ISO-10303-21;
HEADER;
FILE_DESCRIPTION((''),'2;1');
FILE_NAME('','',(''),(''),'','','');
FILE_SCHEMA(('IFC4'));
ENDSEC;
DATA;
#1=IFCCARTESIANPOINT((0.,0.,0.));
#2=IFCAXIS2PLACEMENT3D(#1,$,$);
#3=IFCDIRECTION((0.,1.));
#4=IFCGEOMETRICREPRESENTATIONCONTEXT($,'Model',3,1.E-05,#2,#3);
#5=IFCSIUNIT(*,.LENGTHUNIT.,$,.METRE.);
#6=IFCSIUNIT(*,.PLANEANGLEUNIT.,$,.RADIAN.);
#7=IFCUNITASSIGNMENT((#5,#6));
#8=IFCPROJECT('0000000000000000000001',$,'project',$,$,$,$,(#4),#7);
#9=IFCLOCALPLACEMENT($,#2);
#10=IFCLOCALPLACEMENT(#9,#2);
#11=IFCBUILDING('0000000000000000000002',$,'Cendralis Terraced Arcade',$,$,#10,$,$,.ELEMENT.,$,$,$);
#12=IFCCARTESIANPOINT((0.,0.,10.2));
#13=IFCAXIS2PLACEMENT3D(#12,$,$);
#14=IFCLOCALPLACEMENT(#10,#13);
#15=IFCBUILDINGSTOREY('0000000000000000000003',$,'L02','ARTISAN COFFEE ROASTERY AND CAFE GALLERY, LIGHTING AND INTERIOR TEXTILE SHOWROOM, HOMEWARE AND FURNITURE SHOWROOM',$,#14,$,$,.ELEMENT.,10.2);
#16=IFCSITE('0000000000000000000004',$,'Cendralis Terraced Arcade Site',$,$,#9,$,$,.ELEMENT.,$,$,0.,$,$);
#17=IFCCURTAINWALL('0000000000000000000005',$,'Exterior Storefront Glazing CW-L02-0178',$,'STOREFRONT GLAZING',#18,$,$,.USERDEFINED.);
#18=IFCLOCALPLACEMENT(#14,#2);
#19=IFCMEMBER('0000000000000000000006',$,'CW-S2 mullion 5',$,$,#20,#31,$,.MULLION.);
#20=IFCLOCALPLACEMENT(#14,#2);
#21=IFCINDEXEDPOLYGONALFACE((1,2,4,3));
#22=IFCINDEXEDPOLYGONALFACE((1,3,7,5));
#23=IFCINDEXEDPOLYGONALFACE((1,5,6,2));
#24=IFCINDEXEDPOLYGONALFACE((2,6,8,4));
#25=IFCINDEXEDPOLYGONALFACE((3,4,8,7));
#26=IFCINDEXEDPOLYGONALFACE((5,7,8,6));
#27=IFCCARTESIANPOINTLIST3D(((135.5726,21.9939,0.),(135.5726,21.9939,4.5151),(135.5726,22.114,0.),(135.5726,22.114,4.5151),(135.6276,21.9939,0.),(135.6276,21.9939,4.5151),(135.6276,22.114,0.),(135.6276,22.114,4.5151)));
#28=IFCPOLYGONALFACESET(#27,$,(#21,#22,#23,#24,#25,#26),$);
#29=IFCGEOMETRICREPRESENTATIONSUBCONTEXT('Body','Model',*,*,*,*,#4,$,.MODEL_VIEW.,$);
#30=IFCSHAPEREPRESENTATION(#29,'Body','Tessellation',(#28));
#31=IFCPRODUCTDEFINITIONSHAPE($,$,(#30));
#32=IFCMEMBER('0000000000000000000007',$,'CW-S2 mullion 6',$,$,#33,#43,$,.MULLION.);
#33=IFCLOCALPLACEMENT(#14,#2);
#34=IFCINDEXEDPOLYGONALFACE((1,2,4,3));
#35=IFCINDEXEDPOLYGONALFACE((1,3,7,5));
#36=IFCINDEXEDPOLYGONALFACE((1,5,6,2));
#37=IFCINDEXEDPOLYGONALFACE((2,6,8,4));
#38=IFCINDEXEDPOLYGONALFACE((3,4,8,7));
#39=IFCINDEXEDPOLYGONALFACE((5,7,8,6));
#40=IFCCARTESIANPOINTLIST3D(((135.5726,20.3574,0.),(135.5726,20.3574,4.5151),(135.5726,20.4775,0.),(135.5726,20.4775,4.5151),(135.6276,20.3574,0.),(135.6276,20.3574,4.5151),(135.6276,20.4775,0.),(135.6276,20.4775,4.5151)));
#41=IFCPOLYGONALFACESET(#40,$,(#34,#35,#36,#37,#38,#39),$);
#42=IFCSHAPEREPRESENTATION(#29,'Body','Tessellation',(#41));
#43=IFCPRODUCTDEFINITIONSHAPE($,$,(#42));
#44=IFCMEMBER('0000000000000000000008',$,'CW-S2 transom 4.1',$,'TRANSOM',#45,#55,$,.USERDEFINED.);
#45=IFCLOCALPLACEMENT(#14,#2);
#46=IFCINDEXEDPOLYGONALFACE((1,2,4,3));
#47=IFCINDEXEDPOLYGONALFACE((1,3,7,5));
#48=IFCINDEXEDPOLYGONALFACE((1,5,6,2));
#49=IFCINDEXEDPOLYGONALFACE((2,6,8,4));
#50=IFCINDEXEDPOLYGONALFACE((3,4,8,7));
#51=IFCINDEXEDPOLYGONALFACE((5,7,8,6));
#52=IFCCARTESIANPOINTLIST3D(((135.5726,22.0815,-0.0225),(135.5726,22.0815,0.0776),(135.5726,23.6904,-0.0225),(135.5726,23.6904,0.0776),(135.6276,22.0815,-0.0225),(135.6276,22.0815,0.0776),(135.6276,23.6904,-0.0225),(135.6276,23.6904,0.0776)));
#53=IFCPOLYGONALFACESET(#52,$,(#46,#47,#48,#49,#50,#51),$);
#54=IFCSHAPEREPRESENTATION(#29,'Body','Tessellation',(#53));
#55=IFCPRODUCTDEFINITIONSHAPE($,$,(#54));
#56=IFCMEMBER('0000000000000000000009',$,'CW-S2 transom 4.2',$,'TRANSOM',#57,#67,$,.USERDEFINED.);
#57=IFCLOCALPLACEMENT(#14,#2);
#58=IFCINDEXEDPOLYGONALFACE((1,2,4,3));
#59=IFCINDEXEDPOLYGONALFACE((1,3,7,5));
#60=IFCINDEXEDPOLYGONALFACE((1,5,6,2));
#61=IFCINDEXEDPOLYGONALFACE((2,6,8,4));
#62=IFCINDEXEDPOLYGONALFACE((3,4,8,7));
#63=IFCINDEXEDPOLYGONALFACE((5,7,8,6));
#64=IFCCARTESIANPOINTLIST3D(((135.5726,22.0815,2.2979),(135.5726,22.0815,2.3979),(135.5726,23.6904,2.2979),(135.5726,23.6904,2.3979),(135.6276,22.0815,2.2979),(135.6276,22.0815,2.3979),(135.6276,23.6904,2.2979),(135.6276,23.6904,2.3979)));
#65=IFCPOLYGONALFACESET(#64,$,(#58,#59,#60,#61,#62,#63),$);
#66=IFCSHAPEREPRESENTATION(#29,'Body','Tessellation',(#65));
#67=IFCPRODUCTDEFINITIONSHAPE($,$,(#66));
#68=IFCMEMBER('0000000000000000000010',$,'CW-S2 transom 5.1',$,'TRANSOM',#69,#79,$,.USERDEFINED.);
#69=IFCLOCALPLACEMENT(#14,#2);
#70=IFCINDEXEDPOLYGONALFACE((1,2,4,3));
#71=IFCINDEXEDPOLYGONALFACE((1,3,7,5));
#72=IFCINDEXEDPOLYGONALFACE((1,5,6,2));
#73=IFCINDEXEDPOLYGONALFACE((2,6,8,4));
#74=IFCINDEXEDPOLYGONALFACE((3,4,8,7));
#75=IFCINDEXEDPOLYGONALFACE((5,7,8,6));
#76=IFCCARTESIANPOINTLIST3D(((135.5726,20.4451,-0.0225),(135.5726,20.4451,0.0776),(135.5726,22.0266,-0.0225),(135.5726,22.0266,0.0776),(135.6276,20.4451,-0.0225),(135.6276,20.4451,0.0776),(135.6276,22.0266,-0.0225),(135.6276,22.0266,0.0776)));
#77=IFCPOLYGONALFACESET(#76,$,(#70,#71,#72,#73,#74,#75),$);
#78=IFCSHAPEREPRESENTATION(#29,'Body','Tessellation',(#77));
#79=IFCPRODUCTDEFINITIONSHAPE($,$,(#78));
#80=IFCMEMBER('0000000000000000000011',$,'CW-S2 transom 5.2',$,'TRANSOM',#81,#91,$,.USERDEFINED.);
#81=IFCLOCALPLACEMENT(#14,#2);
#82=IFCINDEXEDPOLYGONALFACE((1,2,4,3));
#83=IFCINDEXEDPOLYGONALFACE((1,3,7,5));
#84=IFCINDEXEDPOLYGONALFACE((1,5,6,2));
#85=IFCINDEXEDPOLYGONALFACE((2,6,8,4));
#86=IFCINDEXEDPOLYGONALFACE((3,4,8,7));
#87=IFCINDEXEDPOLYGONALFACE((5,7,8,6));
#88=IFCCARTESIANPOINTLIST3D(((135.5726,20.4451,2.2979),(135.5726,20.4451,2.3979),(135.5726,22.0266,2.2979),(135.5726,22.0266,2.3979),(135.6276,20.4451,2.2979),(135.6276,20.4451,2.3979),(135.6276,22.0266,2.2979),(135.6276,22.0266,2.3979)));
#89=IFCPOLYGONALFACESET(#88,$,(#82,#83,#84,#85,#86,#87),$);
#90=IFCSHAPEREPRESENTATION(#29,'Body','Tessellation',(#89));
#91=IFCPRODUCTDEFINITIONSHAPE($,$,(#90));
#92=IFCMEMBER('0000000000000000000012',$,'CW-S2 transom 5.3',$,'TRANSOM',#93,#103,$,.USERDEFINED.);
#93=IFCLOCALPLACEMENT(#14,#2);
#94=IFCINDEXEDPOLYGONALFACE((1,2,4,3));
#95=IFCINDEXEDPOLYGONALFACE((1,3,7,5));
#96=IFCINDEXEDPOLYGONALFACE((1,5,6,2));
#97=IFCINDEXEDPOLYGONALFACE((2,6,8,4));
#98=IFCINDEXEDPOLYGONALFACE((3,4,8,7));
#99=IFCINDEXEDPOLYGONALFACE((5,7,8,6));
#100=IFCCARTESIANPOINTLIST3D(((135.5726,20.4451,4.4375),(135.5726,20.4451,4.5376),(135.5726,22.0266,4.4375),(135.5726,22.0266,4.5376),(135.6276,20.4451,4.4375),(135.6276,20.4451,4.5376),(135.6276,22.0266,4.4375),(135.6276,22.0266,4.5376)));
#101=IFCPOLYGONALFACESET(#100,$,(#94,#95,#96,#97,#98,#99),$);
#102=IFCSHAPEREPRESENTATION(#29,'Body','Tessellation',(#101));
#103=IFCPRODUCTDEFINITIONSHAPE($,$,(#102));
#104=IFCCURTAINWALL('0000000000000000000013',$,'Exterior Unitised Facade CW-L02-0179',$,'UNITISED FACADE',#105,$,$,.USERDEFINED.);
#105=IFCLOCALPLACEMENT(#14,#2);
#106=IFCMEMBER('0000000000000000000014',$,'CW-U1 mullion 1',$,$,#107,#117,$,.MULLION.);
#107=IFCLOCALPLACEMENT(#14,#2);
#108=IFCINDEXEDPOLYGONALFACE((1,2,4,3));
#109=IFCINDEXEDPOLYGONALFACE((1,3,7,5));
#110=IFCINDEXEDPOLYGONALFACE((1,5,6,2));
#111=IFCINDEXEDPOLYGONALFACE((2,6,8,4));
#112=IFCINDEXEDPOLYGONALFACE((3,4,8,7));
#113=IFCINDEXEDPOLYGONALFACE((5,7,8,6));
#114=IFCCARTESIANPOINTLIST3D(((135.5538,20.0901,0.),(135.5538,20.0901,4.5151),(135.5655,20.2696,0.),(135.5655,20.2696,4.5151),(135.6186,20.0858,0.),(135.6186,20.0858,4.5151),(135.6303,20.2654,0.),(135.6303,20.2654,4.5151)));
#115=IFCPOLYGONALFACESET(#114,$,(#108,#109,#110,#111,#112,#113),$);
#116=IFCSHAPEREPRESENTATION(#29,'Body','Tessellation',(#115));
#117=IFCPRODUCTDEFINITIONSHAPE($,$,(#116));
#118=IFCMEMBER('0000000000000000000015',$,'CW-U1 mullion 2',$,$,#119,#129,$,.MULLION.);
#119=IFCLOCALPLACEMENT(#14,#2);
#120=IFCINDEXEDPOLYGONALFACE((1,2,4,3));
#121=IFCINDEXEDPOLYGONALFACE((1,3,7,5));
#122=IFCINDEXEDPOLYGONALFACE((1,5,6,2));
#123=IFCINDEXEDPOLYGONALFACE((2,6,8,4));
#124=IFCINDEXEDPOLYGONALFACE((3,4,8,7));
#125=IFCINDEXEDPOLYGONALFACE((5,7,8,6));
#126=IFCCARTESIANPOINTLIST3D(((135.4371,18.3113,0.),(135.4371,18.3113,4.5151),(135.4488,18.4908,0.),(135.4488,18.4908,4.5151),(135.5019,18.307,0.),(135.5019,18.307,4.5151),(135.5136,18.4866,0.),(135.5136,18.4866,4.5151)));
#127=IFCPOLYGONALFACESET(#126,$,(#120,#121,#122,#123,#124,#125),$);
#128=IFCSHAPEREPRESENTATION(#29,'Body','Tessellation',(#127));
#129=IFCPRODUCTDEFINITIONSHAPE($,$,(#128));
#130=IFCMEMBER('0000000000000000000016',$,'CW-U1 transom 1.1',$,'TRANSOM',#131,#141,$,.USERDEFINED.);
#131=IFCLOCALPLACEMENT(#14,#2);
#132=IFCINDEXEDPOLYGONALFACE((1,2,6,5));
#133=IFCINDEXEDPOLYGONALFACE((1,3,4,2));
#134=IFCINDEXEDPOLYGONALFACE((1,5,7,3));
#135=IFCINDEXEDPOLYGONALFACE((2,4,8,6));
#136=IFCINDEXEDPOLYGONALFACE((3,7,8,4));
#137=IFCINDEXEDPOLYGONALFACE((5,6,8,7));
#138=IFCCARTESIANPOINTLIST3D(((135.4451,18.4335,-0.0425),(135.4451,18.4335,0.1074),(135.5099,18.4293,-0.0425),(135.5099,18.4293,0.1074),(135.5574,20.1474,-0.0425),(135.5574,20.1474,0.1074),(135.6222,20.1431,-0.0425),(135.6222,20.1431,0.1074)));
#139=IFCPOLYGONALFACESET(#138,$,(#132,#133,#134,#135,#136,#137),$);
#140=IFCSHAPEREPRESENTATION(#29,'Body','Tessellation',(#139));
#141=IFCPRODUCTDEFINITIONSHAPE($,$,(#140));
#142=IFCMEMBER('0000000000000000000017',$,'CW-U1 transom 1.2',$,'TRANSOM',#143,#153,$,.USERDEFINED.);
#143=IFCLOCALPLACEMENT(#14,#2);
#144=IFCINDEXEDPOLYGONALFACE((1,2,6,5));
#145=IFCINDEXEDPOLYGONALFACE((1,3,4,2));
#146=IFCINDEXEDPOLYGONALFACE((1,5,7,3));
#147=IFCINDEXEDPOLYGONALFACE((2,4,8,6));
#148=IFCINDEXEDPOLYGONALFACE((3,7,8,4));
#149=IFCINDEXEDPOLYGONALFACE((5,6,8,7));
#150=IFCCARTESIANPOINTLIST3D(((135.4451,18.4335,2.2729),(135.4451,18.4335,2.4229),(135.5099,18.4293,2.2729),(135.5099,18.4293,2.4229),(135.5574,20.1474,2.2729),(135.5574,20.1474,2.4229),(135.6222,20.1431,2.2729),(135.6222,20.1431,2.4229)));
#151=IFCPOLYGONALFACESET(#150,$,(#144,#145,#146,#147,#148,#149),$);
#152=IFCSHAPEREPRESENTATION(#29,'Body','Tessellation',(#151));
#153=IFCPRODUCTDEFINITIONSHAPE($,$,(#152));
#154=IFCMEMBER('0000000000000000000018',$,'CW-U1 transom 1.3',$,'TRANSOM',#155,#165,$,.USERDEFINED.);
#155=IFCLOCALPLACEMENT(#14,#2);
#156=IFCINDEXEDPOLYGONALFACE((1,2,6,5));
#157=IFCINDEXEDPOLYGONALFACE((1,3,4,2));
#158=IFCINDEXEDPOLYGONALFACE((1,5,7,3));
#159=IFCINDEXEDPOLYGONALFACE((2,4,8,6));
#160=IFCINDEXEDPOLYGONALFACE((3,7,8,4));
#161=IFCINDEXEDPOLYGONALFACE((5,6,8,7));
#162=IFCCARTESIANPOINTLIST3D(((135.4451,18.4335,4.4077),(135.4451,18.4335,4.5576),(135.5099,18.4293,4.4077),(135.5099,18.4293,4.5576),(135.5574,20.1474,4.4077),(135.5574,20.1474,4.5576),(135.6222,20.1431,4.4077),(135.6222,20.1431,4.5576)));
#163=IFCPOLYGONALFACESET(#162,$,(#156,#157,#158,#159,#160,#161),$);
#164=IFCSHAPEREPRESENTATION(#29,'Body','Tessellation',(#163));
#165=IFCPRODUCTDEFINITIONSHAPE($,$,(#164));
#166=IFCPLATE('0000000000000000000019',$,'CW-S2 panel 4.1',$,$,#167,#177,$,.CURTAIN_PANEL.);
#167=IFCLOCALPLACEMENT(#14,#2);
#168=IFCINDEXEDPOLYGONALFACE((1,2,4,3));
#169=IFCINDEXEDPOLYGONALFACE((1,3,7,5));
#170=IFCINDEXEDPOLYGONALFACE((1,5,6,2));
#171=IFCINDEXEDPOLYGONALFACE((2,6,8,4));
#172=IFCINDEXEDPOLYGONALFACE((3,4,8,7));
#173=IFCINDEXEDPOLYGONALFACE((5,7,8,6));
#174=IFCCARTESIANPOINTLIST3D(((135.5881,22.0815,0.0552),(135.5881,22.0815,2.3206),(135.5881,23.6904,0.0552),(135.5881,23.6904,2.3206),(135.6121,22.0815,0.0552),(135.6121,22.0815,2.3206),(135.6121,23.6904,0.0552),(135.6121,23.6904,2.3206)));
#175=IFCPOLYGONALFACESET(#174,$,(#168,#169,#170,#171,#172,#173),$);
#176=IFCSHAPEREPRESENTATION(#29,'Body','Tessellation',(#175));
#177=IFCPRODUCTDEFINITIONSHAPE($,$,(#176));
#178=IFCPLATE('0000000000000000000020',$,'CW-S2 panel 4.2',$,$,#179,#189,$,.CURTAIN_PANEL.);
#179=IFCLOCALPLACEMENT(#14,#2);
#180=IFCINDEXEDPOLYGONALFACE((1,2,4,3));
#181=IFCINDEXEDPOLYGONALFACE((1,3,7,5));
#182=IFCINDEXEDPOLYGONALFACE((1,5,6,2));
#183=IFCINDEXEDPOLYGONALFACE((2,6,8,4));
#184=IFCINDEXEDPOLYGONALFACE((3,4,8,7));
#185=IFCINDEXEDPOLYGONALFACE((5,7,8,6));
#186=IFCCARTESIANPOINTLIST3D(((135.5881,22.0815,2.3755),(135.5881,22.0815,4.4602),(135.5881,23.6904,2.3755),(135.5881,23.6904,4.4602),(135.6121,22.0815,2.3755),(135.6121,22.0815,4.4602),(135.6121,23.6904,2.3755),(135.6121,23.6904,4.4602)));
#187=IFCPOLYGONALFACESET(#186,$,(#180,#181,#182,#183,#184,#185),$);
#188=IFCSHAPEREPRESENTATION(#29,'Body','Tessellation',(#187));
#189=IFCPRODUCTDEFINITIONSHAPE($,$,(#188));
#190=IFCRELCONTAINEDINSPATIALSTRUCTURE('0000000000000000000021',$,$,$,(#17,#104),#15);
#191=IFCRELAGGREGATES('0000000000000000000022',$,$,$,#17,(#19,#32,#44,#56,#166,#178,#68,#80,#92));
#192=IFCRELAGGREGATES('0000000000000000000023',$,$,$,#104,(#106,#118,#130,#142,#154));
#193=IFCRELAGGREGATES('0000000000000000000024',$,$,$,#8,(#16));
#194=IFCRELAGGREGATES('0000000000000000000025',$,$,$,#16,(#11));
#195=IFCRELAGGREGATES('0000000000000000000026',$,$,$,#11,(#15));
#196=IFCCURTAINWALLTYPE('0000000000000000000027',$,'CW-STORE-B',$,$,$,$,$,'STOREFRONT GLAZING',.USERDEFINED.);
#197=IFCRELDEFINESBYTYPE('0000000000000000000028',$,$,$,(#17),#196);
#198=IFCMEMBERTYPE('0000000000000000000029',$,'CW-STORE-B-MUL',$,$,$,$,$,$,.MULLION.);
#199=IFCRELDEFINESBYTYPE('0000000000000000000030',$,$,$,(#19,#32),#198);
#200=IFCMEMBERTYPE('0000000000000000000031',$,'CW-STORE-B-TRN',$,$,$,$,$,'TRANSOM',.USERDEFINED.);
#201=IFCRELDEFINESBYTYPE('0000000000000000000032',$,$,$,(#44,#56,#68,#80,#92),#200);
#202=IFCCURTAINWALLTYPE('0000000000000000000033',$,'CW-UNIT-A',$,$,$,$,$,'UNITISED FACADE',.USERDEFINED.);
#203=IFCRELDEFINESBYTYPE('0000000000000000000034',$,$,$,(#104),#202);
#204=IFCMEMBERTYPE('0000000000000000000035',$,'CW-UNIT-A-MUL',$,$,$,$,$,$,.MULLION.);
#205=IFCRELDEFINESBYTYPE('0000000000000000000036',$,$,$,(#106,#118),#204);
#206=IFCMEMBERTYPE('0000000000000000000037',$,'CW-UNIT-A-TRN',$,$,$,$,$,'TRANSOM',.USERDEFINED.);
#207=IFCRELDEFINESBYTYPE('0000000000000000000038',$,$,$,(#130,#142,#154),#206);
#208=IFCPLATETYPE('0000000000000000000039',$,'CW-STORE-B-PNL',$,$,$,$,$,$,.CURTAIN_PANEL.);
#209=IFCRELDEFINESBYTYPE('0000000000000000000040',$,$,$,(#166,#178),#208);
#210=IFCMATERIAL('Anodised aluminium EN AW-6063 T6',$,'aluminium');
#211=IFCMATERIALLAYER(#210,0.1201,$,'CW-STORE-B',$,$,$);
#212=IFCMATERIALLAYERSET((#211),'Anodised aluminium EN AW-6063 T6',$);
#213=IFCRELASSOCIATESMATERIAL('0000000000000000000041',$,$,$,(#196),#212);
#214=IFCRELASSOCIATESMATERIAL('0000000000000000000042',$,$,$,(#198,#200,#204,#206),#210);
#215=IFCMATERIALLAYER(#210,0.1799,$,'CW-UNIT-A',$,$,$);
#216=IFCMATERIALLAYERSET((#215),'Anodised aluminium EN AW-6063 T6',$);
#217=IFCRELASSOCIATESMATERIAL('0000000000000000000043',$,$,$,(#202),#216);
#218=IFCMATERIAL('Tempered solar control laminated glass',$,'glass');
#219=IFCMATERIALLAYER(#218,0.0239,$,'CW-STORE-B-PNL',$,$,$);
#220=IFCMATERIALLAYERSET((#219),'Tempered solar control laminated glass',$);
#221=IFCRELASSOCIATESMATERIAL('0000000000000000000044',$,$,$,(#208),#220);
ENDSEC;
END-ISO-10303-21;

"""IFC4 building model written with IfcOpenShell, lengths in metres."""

from ifc_helpers import new_model, si_unit, direction, frame, origin, origin_2d, place, context, subcontext, project, spatial, rectangle, extrude, material, layer, layer_set, material_profile, profile_set, type_object, element, aggregate, save


model = new_model("IFC4")

# Units and contexts
model_context = context("Model", 3, precision=1e-05, world=origin(), true_north=direction((0.0, 1.0)))
body_context = subcontext(model_context, "Body", "Model", "MODEL_VIEW")
ifc_project = project(units=[si_unit("LENGTHUNIT", "METRE"), si_unit("PLANEANGLEUNIT", "RADIAN")], contexts=[model_context])

# Site, building, storey
site_placement = place(None, origin())
site = spatial("IfcSite", under=ifc_project, at=site_placement, Name="Cendralis Terraced Arcade Site", CompositionType="ELEMENT", RefElevation=0.0)
building_placement = place(site_placement, origin())
building = spatial("IfcBuilding", under=site, at=building_placement, Name="Cendralis Terraced Arcade", CompositionType="ELEMENT")
storey_placement = place(building_placement, frame((0.0, 0.0, 10.2)))
storey = spatial("IfcBuildingStorey", under=building, at=storey_placement, Name="L02", Description="ARTISAN COFFEE ROASTERY AND CAFE GALLERY, LIGHTING AND INTERIOR TEXTILE SHOWROOM, HOMEWARE AND FURNITURE SHOWROOM", CompositionType="ELEMENT", Elevation=10.2)

# Curtain walls, members
ifc_material_1 = material(Name="Anodised aluminium EN AW-6063 T6", Category="aluminium")
ifc_layer_1 = layer(ifc_material_1, 0.1201, Name="CW-STORE-B")
ifc_layer_set_1 = layer_set([ifc_layer_1], Name="Anodised aluminium EN AW-6063 T6")
curtain_wall_type_1 = type_object("IfcCurtainWallType", Name="CW-STORE-B", ElementType="STOREFRONT GLAZING", PredefinedType="USERDEFINED", material=ifc_layer_set_1)
curtain_wall_1_placement = place(storey_placement, origin())
curtain_wall_1 = element("IfcCurtainWall", 1, at=curtain_wall_1_placement, inside=storey, type_object=curtain_wall_type_1, Name="Exterior Storefront Glazing CW-L02-0178", ObjectType="STOREFRONT GLAZING", PredefinedType="USERDEFINED")
ifc_material_profile_1 = material_profile(ifc_material_1, rectangle(XDim=0.0549, YDim=0.1201, at=origin_2d()), Name="ALU-MUL-55x120")
ifc_profile_set_1 = profile_set([ifc_material_profile_1], Name="Anodised aluminium EN AW-6063 T6")
member_type_1 = type_object("IfcMemberType", Name="CW-STORE-B-MUL", PredefinedType="MULLION", material=ifc_profile_set_1)
member_1_placement = place(storey_placement, frame((135.6001, 22.054, 0.0), z_axis=(0.0, 0.0, 1.0), x_axis=(1.0, 0.0, 0.0)))
member_1 = element("IfcMember", 2, at=member_1_placement, type_object=member_type_1, Name="CW-S2 mullion 5", PredefinedType="MULLION", context=body_context, shape_type="SweptSolid", body=[
    extrude(rectangle(XDim=0.0549, YDim=0.1201, at=origin_2d()), origin(), (0.0, 0.0, 1.0), 4.5151),
])
member_2_placement = place(storey_placement, frame((135.6001, 20.4175, 0.0), z_axis=(0.0, 0.0, 1.0), x_axis=(1.0, 0.0, 0.0)))
member_2 = element("IfcMember", 3, at=member_2_placement, type_object=member_type_1, Name="CW-S2 mullion 6", PredefinedType="MULLION", context=body_context, shape_type="SweptSolid", body=[
    extrude(rectangle(XDim=0.0549, YDim=0.1201, at=origin_2d()), origin(), (0.0, 0.0, 1.0), 4.5151),
])
ifc_material_profile_2 = material_profile(ifc_material_1, rectangle(XDim=0.0549, YDim=0.1001, at=origin_2d()), Name="ALU-TRN-55x100")
ifc_profile_set_2 = profile_set([ifc_material_profile_2], Name="Anodised aluminium EN AW-6063 T6")
member_type_2 = type_object("IfcMemberType", Name="CW-STORE-B-TRN", ElementType="TRANSOM", PredefinedType="USERDEFINED", material=ifc_profile_set_2)
member_3_placement = place(storey_placement, frame((135.6001, 23.6904, 0.0276), z_axis=(0.0, -1.0, 0.0), x_axis=(1.0, 0.0, 0.0)))
member_3 = element("IfcMember", 4, at=member_3_placement, type_object=member_type_2, Name="CW-S2 transom 4.1", ObjectType="TRANSOM", PredefinedType="USERDEFINED", context=body_context, shape_type="SweptSolid", body=[
    extrude(rectangle(XDim=0.0549, YDim=0.1001, at=origin_2d()), origin(), (0.0, 0.0, 1.0), 1.6089),
])
member_4_placement = place(storey_placement, frame((135.6001, 23.6904, 2.3479), z_axis=(0.0, -1.0, 0.0), x_axis=(1.0, 0.0, 0.0)))
member_4 = element("IfcMember", 5, at=member_4_placement, type_object=member_type_2, Name="CW-S2 transom 4.2", ObjectType="TRANSOM", PredefinedType="USERDEFINED", context=body_context, shape_type="SweptSolid", body=[
    extrude(rectangle(XDim=0.0549, YDim=0.1001, at=origin_2d()), origin(), (0.0, 0.0, 1.0), 1.6089),
])
member_5_placement = place(storey_placement, frame((135.6001, 22.0266, 0.0276), z_axis=(0.0, -1.0, 0.0), x_axis=(1.0, 0.0, 0.0)))
member_5 = element("IfcMember", 6, at=member_5_placement, type_object=member_type_2, Name="CW-S2 transom 5.1", ObjectType="TRANSOM", PredefinedType="USERDEFINED", context=body_context, shape_type="SweptSolid", body=[
    extrude(rectangle(XDim=0.0549, YDim=0.1001, at=origin_2d()), origin(), (0.0, 0.0, 1.0), 1.5815),
])
member_6_placement = place(storey_placement, frame((135.6001, 22.0266, 2.3479), z_axis=(0.0, -1.0, 0.0), x_axis=(1.0, 0.0, 0.0)))
member_6 = element("IfcMember", 7, at=member_6_placement, type_object=member_type_2, Name="CW-S2 transom 5.2", ObjectType="TRANSOM", PredefinedType="USERDEFINED", context=body_context, shape_type="SweptSolid", body=[
    extrude(rectangle(XDim=0.0549, YDim=0.1001, at=origin_2d()), origin(), (0.0, 0.0, 1.0), 1.5815),
])
member_7_placement = place(storey_placement, frame((135.6001, 22.0266, 4.4875), z_axis=(0.0, -1.0, 0.0), x_axis=(1.0, 0.0, 0.0)))
member_7 = element("IfcMember", 8, at=member_7_placement, type_object=member_type_2, Name="CW-S2 transom 5.3", ObjectType="TRANSOM", PredefinedType="USERDEFINED", context=body_context, shape_type="SweptSolid", body=[
    extrude(rectangle(XDim=0.0549, YDim=0.1001, at=origin_2d()), origin(), (0.0, 0.0, 1.0), 1.5815),
])
ifc_layer_2 = layer(ifc_material_1, 0.1799, Name="CW-UNIT-A")
ifc_layer_set_2 = layer_set([ifc_layer_2], Name="Anodised aluminium EN AW-6063 T6")
curtain_wall_type_2 = type_object("IfcCurtainWallType", Name="CW-UNIT-A", ElementType="UNITISED FACADE", PredefinedType="USERDEFINED", material=ifc_layer_set_2)
curtain_wall_2_placement = place(storey_placement, origin())
curtain_wall_2 = element("IfcCurtainWall", 9, at=curtain_wall_2_placement, inside=storey, type_object=curtain_wall_type_2, Name="Exterior Unitised Facade CW-L02-0179", ObjectType="UNITISED FACADE", PredefinedType="USERDEFINED")
ifc_material_profile_3 = material_profile(ifc_material_1, rectangle(XDim=0.0649, YDim=0.1799, at=origin_2d()), Name="ALU-MUL-65x180")
ifc_profile_set_3 = profile_set([ifc_material_profile_3], Name="Anodised aluminium EN AW-6063 T6")
member_type_3 = type_object("IfcMemberType", Name="CW-UNIT-A-MUL", PredefinedType="MULLION", material=ifc_profile_set_3)
member_8_placement = place(storey_placement, frame((135.592, 20.1777, 0.0), z_axis=(0.0, 0.0, 1.0), x_axis=(0.99786, -0.065384, 0.0)))
member_8 = element("IfcMember", 10, at=member_8_placement, type_object=member_type_3, Name="CW-U1 mullion 1", PredefinedType="MULLION", context=body_context, shape_type="SweptSolid", body=[
    extrude(rectangle(XDim=0.0649, YDim=0.1799, at=origin_2d()), origin(), (0.0, 0.0, 1.0), 4.5151),
])
member_9_placement = place(storey_placement, frame((135.4753, 18.3989, 0.0), z_axis=(0.0, 0.0, 1.0), x_axis=(0.99786, -0.065384, 0.0)))
member_9 = element("IfcMember", 11, at=member_9_placement, type_object=member_type_3, Name="CW-U1 mullion 2", PredefinedType="MULLION", context=body_context, shape_type="SweptSolid", body=[
    extrude(rectangle(XDim=0.0649, YDim=0.1799, at=origin_2d()), origin(), (0.0, 0.0, 1.0), 4.5151),
])
ifc_material_profile_4 = material_profile(ifc_material_1, rectangle(XDim=0.0649, YDim=0.1499, at=origin_2d()), Name="ALU-TRN-65x150")
ifc_profile_set_4 = profile_set([ifc_material_profile_4], Name="Anodised aluminium EN AW-6063 T6")
member_type_4 = type_object("IfcMemberType", Name="CW-UNIT-A-TRN", ElementType="TRANSOM", PredefinedType="USERDEFINED", material=ifc_profile_set_4)
member_10_placement = place(storey_placement, frame((135.5898, 20.1453, 0.0325), z_axis=(-0.065387, -0.99786, 0.0), x_axis=(0.99786, -0.065387, 0.0)))
member_10 = element("IfcMember", 12, at=member_10_placement, type_object=member_type_4, Name="CW-U1 transom 1.1", ObjectType="TRANSOM", PredefinedType="USERDEFINED", context=body_context, shape_type="SweptSolid", body=[
    extrude(rectangle(XDim=0.0649, YDim=0.1499, at=origin_2d()), origin(), (0.0, 0.0, 1.0), 1.7175),
])
member_11_placement = place(storey_placement, frame((135.5898, 20.1453, 2.3479), z_axis=(-0.065387, -0.99786, 0.0), x_axis=(0.99786, -0.065387, 0.0)))
member_11 = element("IfcMember", 13, at=member_11_placement, type_object=member_type_4, Name="CW-U1 transom 1.2", ObjectType="TRANSOM", PredefinedType="USERDEFINED", context=body_context, shape_type="SweptSolid", body=[
    extrude(rectangle(XDim=0.0649, YDim=0.1499, at=origin_2d()), origin(), (0.0, 0.0, 1.0), 1.7175),
])
member_12_placement = place(storey_placement, frame((135.5898, 20.1453, 4.4827), z_axis=(-0.065387, -0.99786, 0.0), x_axis=(0.99786, -0.065387, 0.0)))
member_12 = element("IfcMember", 14, at=member_12_placement, type_object=member_type_4, Name="CW-U1 transom 1.3", ObjectType="TRANSOM", PredefinedType="USERDEFINED", context=body_context, shape_type="SweptSolid", body=[
    extrude(rectangle(XDim=0.0649, YDim=0.1499, at=origin_2d()), origin(), (0.0, 0.0, 1.0), 1.7175),
])

# Plates
ifc_material_2 = material(Name="Tempered solar control laminated glass", Category="glass")
ifc_layer_3 = layer(ifc_material_2, 0.0239, Name="CW-STORE-B-PNL")
ifc_layer_set_3 = layer_set([ifc_layer_3], Name="Tempered solar control laminated glass")
plate_type_1 = type_object("IfcPlateType", Name="CW-STORE-B-PNL", PredefinedType="CURTAIN_PANEL", material=ifc_layer_set_3)
plate_1_placement = place(storey_placement, frame((135.6001, 22.886, 0.0552), z_axis=(0.0, 0.0, 1.0), x_axis=(0.0, -1.0, 0.0)))
plate_1 = element("IfcPlate", 15, at=plate_1_placement, type_object=plate_type_1, Name="CW-S2 panel 4.1", PredefinedType="CURTAIN_PANEL", context=body_context, shape_type="SweptSolid", body=[
    extrude(rectangle(XDim=1.6089, YDim=0.0239, at=origin_2d()), origin(), (0.0, 0.0, 1.0), 2.2654),
])
plate_2_placement = place(storey_placement, frame((135.6001, 22.886, 2.3755), z_axis=(0.0, 0.0, 1.0), x_axis=(0.0, -1.0, 0.0)))
plate_2 = element("IfcPlate", 16, at=plate_2_placement, type_object=plate_type_1, Name="CW-S2 panel 4.2", PredefinedType="CURTAIN_PANEL", context=body_context, shape_type="SweptSolid", body=[
    extrude(rectangle(XDim=1.6089, YDim=0.0239, at=origin_2d()), origin(), (0.0, 0.0, 1.0), 2.0847),
])
aggregate(curtain_wall_1, [member_1, member_2, member_3, member_4, plate_1, plate_2, member_5, member_6, member_7])
aggregate(curtain_wall_2, [member_8, member_9, member_10, member_11, member_12])

save(model, "model.ifc")
